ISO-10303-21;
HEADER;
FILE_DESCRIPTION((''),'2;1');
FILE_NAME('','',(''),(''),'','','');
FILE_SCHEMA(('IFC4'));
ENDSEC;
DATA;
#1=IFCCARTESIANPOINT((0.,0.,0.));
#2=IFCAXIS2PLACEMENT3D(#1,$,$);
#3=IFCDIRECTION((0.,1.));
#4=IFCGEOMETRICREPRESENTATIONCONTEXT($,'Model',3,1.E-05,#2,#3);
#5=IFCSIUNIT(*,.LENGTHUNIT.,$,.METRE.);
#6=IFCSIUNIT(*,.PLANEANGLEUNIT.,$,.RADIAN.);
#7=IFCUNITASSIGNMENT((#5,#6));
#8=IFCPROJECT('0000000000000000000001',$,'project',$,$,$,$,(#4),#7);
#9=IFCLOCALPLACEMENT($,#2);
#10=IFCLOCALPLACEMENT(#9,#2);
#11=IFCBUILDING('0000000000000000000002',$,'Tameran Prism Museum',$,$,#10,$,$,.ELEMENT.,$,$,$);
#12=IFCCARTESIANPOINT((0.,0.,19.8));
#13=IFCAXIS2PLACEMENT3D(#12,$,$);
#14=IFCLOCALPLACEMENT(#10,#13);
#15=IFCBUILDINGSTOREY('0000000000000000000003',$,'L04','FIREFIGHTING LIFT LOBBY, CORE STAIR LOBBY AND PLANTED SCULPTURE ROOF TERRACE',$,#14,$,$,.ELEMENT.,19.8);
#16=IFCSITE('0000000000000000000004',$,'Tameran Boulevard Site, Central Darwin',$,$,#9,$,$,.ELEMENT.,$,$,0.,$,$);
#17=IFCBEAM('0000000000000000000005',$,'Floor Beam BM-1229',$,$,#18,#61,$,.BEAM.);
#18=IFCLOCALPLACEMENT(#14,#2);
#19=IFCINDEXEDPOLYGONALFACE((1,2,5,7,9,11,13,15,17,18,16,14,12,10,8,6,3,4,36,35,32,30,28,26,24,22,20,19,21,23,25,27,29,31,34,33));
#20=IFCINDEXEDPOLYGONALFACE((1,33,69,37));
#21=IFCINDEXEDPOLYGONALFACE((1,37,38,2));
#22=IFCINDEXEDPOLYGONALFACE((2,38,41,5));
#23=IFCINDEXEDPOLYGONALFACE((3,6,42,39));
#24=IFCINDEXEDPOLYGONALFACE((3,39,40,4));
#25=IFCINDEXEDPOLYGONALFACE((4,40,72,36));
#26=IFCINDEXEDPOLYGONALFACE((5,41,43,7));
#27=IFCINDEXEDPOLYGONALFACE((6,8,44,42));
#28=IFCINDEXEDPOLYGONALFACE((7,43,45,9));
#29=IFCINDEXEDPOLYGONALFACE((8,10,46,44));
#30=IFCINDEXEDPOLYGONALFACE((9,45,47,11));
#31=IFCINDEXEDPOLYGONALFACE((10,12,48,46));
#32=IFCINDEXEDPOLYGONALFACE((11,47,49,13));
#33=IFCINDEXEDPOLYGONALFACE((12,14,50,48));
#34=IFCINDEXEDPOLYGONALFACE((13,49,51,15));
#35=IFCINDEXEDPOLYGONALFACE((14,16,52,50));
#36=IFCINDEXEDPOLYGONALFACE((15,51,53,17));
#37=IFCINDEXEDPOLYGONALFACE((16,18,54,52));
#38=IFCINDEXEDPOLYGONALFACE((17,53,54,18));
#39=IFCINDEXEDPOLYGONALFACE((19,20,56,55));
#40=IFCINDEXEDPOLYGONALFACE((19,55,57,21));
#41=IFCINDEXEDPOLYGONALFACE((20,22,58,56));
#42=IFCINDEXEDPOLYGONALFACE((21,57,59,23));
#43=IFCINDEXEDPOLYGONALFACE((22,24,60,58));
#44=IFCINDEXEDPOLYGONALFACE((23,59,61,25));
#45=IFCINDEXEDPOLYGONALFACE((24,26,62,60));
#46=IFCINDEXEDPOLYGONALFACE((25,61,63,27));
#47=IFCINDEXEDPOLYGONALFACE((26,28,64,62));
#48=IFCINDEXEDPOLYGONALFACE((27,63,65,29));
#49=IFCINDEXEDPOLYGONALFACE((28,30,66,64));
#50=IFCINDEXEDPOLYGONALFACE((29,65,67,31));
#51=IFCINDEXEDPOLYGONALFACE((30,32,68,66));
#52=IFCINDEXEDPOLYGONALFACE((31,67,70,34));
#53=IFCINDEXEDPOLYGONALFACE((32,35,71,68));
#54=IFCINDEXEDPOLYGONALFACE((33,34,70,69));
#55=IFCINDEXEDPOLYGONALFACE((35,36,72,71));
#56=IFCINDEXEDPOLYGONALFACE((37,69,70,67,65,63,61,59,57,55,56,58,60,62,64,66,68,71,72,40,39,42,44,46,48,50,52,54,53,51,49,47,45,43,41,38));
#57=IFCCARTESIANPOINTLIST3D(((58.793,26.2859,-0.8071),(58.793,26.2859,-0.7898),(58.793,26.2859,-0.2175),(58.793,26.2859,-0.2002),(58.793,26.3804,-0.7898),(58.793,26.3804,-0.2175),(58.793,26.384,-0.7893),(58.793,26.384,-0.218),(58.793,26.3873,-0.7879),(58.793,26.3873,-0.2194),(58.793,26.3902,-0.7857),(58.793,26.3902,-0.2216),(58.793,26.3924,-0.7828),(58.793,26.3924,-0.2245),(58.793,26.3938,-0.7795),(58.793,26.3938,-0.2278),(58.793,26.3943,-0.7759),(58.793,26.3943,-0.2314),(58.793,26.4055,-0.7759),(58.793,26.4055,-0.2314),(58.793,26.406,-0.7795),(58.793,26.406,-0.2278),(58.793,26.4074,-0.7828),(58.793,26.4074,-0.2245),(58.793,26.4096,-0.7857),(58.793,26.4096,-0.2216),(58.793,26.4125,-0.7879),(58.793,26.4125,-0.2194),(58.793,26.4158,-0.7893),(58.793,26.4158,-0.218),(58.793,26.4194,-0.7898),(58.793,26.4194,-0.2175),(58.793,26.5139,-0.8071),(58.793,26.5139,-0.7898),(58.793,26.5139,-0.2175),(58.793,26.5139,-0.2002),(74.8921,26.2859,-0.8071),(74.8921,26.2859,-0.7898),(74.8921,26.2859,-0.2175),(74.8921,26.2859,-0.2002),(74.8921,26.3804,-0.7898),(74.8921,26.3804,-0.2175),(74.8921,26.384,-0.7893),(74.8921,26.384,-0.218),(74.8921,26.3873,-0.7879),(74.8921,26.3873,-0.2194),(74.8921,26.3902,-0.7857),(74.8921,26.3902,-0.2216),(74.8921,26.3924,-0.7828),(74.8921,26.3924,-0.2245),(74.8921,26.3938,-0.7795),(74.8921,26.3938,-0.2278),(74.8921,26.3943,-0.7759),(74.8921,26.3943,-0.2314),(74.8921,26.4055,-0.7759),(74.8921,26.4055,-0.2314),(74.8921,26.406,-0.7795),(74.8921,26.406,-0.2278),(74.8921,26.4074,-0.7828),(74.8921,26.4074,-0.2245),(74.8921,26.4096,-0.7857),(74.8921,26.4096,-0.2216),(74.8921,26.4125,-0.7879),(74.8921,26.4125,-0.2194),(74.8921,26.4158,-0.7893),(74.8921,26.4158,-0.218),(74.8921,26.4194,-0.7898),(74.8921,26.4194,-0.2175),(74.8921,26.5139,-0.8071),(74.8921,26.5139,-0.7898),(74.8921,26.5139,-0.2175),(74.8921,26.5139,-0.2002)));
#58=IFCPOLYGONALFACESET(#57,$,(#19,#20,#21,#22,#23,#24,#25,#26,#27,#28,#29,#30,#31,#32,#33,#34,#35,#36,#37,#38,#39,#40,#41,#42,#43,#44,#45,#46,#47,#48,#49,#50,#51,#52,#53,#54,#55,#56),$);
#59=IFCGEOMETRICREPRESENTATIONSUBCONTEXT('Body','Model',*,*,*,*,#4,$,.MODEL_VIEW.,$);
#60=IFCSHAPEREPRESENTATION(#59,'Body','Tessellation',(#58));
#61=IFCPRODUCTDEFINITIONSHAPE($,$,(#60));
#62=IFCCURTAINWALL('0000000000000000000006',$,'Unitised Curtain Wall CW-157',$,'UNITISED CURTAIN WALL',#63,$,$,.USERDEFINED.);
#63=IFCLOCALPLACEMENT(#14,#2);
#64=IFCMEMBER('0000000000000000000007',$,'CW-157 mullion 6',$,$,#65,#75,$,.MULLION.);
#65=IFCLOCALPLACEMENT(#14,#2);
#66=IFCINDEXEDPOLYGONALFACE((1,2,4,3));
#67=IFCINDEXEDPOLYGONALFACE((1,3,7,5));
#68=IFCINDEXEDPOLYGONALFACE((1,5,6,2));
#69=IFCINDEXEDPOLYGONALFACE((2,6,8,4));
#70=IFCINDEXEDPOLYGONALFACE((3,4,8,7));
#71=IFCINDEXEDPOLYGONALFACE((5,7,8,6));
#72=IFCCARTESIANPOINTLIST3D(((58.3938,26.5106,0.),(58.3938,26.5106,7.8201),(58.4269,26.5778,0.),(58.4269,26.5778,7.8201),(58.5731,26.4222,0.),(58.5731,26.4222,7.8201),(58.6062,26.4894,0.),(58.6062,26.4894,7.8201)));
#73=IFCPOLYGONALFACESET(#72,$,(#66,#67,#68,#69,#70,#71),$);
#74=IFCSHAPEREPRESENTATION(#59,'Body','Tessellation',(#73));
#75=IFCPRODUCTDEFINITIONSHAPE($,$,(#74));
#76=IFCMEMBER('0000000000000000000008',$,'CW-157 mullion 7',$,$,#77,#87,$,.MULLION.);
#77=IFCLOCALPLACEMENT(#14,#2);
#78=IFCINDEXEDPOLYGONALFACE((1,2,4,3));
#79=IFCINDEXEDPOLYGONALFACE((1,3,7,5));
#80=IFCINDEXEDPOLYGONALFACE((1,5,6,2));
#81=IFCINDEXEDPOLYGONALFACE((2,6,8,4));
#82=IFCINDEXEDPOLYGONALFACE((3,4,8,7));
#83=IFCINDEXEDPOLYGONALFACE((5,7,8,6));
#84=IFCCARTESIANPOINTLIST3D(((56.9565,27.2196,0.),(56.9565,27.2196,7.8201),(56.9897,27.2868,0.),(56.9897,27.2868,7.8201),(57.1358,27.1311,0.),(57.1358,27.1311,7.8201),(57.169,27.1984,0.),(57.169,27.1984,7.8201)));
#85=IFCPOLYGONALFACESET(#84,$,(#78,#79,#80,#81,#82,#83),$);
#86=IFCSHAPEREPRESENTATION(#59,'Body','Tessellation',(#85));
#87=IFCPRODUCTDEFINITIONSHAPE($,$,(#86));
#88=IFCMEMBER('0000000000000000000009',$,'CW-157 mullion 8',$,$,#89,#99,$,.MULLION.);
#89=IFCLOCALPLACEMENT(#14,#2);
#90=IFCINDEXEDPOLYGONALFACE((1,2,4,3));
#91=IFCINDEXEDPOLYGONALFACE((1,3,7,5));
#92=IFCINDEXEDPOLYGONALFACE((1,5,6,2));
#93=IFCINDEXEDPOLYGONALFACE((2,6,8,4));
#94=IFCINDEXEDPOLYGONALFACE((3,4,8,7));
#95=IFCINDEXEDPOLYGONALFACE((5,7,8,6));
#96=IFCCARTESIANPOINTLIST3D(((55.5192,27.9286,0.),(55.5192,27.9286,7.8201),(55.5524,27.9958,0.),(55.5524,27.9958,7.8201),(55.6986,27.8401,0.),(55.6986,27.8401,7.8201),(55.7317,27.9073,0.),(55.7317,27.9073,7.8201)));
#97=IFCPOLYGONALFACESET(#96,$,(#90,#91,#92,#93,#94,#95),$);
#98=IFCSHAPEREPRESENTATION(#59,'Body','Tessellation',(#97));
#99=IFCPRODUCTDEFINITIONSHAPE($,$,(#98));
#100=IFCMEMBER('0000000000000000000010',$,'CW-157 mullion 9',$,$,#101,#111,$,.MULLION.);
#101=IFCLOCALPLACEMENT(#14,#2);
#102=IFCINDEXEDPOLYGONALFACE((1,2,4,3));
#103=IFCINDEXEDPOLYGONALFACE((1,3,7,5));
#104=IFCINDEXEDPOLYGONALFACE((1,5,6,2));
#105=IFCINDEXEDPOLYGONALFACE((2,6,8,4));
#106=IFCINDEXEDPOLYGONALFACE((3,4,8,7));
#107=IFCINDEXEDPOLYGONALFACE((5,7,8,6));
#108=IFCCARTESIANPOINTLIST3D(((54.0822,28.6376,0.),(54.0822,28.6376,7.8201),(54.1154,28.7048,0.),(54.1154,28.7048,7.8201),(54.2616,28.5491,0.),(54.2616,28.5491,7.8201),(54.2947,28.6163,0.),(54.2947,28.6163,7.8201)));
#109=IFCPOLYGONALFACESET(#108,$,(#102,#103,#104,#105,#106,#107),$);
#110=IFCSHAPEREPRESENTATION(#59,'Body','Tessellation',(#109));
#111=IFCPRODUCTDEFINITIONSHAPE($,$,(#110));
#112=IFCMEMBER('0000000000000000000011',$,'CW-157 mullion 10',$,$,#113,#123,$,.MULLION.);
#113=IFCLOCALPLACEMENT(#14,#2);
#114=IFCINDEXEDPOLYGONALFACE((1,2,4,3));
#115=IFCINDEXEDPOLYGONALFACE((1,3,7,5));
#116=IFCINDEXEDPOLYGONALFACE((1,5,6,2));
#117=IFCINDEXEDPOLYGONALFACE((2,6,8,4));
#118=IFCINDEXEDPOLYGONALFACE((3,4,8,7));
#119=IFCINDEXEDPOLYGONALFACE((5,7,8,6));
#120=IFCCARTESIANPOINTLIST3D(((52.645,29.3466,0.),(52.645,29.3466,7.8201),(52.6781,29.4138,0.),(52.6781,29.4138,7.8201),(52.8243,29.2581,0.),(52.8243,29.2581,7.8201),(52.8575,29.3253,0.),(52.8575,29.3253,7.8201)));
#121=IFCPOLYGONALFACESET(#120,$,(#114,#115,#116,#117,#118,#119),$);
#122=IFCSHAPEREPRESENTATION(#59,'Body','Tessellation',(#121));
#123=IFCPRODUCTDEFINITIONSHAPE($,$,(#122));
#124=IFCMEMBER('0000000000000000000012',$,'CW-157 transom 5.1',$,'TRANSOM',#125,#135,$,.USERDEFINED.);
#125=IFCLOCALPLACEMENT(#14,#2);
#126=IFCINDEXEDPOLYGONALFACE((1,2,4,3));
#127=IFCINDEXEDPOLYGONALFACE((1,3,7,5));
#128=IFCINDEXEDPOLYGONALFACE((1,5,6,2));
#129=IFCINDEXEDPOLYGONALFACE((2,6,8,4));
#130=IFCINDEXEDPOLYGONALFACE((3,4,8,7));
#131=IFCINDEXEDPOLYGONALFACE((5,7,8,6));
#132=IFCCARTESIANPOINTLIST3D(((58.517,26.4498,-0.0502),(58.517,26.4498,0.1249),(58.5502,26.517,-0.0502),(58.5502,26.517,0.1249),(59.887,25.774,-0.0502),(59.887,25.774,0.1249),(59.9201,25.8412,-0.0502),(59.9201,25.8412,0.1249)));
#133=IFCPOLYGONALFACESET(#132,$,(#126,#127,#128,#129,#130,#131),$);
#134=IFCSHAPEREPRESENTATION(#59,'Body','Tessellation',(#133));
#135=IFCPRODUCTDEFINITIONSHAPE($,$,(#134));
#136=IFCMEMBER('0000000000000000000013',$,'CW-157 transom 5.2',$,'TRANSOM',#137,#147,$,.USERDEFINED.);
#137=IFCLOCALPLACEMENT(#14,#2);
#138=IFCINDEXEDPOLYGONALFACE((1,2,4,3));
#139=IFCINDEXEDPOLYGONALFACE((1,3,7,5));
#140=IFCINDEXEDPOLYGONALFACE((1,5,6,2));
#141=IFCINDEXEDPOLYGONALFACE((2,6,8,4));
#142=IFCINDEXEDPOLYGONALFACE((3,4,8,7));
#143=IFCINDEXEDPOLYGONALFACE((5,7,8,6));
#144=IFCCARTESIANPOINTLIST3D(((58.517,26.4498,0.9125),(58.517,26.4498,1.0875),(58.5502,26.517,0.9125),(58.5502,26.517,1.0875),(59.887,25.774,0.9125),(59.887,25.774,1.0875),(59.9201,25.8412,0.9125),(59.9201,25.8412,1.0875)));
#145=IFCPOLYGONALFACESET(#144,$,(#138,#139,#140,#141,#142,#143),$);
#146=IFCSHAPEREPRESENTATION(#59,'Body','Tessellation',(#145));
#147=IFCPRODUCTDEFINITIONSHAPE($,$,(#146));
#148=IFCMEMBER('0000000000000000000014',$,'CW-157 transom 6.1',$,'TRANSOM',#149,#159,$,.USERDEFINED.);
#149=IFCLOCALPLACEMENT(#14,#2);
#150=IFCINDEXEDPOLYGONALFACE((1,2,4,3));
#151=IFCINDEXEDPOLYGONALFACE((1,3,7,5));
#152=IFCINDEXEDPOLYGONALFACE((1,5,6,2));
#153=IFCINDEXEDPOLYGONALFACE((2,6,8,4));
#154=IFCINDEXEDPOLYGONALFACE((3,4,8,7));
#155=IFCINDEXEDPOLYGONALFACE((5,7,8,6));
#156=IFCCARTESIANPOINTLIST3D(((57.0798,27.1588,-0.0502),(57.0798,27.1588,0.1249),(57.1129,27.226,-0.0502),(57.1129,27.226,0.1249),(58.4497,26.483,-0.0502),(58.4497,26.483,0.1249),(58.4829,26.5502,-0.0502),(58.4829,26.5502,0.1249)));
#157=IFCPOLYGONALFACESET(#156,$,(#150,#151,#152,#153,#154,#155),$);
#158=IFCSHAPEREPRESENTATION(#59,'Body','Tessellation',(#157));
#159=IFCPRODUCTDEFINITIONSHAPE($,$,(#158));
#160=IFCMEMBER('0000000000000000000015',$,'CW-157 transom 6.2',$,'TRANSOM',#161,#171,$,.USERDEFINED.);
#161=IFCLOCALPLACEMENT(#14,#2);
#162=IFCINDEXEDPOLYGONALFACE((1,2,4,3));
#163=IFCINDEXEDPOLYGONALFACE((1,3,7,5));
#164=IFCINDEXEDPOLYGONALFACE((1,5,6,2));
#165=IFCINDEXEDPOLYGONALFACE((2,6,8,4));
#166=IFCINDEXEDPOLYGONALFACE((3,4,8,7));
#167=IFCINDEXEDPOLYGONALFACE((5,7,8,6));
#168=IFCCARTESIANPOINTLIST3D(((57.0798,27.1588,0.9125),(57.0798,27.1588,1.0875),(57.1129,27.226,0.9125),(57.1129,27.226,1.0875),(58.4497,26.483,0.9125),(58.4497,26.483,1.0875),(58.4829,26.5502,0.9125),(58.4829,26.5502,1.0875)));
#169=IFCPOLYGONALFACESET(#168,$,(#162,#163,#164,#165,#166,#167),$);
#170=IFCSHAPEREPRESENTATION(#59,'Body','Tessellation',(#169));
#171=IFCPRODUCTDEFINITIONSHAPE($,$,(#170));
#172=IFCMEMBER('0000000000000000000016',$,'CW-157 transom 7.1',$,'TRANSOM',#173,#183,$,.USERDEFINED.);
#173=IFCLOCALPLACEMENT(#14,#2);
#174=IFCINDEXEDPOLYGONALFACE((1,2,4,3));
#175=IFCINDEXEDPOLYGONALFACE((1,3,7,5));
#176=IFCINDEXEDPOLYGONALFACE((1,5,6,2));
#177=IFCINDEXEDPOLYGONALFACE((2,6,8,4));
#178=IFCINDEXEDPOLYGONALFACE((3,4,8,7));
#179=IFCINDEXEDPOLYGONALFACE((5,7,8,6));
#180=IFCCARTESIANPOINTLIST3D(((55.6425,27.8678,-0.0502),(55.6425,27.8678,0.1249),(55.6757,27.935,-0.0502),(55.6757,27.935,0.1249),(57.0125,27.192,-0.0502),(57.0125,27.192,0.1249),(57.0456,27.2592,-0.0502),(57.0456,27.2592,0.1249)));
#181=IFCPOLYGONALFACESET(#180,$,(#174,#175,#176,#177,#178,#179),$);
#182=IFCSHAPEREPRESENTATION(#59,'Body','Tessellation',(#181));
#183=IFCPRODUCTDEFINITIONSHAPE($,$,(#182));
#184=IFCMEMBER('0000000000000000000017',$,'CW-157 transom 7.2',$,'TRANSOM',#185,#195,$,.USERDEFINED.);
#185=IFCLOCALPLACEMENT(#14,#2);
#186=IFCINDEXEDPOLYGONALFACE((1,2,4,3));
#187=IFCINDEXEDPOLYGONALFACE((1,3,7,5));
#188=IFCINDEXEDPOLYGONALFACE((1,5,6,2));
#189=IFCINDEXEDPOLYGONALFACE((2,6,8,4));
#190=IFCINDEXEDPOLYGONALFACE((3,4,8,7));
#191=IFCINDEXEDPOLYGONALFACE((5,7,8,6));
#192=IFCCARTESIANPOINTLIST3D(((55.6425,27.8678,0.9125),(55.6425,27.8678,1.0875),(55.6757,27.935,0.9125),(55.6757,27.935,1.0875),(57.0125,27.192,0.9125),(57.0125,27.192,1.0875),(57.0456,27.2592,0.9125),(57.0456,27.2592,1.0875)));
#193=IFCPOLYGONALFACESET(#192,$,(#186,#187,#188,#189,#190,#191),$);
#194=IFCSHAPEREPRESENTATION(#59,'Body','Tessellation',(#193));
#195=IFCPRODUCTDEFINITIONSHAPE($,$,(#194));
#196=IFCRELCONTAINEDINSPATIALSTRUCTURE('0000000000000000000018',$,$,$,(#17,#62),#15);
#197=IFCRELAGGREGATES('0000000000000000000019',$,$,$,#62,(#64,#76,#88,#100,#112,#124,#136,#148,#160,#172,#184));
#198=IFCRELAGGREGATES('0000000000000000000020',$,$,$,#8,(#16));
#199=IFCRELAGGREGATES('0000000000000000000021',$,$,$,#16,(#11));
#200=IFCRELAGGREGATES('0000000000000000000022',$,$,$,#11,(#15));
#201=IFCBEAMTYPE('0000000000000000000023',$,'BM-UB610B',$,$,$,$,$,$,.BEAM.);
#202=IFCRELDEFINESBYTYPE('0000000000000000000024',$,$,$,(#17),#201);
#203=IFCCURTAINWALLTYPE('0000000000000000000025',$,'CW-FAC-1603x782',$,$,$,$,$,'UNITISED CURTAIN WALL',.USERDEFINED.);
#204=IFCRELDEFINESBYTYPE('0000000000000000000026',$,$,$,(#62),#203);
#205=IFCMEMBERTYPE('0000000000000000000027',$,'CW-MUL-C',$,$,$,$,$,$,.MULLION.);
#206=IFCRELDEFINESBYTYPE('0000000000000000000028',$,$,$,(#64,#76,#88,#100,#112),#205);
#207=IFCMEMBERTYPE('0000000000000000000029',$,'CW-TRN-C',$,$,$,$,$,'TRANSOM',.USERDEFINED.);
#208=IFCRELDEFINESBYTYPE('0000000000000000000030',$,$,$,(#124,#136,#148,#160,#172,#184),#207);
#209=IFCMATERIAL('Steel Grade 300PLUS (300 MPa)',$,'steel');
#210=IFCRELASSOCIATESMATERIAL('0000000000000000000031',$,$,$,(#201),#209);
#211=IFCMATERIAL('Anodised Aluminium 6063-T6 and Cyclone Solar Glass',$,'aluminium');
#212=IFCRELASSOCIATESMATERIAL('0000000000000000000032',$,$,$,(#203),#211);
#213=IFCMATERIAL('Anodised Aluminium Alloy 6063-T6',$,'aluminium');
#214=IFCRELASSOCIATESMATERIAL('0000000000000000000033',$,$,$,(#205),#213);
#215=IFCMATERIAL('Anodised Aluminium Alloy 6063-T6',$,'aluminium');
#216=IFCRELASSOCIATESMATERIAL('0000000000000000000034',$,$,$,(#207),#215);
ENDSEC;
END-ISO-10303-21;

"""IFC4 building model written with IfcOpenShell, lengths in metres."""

from ifc_helpers import new_model, si_unit, direction, frame, origin, origin_2d, place, context, subcontext, project, spatial, rectangle, i_section, extrude, material, material_profile, profile_set, type_object, element, aggregate, save


model = new_model("IFC4")

# Units and contexts
model_context = context("Model", 3, precision=1e-05, world=origin(), true_north=direction((0.0, 1.0)))
body_context = subcontext(model_context, "Body", "Model", "MODEL_VIEW")
ifc_project = project(units=[si_unit("LENGTHUNIT", "METRE"), si_unit("PLANEANGLEUNIT", "RADIAN")], contexts=[model_context])

# Site, building, storey
site_placement = place(None, origin())
site = spatial("IfcSite", under=ifc_project, at=site_placement, Name="Tameran Boulevard Site, Central Darwin", CompositionType="ELEMENT", RefElevation=0.0)
building_placement = place(site_placement, origin())
building = spatial("IfcBuilding", under=site, at=building_placement, Name="Tameran Prism Museum", CompositionType="ELEMENT")
storey_placement = place(building_placement, frame((0.0, 0.0, 19.8)))
storey = spatial("IfcBuildingStorey", under=building, at=storey_placement, Name="L04", Description="FIREFIGHTING LIFT LOBBY, CORE STAIR LOBBY AND PLANTED SCULPTURE ROOF TERRACE", CompositionType="ELEMENT", Elevation=19.8)

# Beam
ifc_material_1 = material(Name="Steel Grade 300PLUS (300 MPa)", Category="steel")
ifc_material_profile_1 = material_profile(ifc_material_1, i_section(OverallWidth=0.228, OverallDepth=0.6069, WebThickness=0.0112, FlangeThickness=0.0173, FilletRadius=0.0139, at=origin_2d()))
ifc_profile_set_1 = profile_set([ifc_material_profile_1])
beam_type_1 = type_object("IfcBeamType", Name="BM-UB610B", PredefinedType="BEAM", material=ifc_profile_set_1)
beam_1_placement = place(storey_placement, frame((58.793, 26.3999, -0.5037), z_axis=(1.0, 0.0, 0.0), x_axis=(0.0, 1.0, 0.0)))
element("IfcBeam", 1, at=beam_1_placement, inside=storey, type_object=beam_type_1, Name="Floor Beam BM-1229", PredefinedType="BEAM", context=body_context, shape_type="SweptSolid", body=[
    extrude(i_section(OverallWidth=0.228, OverallDepth=0.6069, WebThickness=0.0112, FlangeThickness=0.0173, FilletRadius=0.0139, at=origin_2d()), origin(), (0.0, 0.0, 1.0), 16.0991),
])

# Curtain wall, members
ifc_material_2 = material(Name="Anodised Aluminium 6063-T6 and Cyclone Solar Glass", Category="aluminium")
curtain_wall_type = type_object("IfcCurtainWallType", Name="CW-FAC-1603x782", ElementType="UNITISED CURTAIN WALL", PredefinedType="USERDEFINED", material=ifc_material_2)
curtain_wall_placement = place(storey_placement, origin())
curtain_wall = element("IfcCurtainWall", 2, at=curtain_wall_placement, inside=storey, type_object=curtain_wall_type, Name="Unitised Curtain Wall CW-157", ObjectType="UNITISED CURTAIN WALL", PredefinedType="USERDEFINED")
ifc_material_3 = material(Name="Anodised Aluminium Alloy 6063-T6", Category="aluminium")
ifc_material_profile_2 = material_profile(ifc_material_3, rectangle(XDim=0.075, YDim=0.2, at=origin_2d()))
ifc_profile_set_2 = profile_set([ifc_material_profile_2])
member_type_1 = type_object("IfcMemberType", Name="CW-MUL-C", PredefinedType="MULLION", material=ifc_profile_set_2)
member_1_placement = place(storey_placement, frame((58.5, 26.5, 0.0), z_axis=(0.0, 0.0, 1.0), x_axis=(-0.442415, -0.896811, 0.0)))
member_1 = element("IfcMember", 3, at=member_1_placement, type_object=member_type_1, Name="CW-157 mullion 6", PredefinedType="MULLION", context=body_context, shape_type="SweptSolid", body=[
    extrude(rectangle(XDim=0.075, YDim=0.2, at=origin_2d()), origin(), (0.0, 0.0, 1.0), 7.8201),
])
member_2_placement = place(storey_placement, frame((57.0627, 27.209, 0.0), z_axis=(0.0, 0.0, 1.0), x_axis=(-0.442415, -0.896811, 0.0)))
member_2 = element("IfcMember", 4, at=member_2_placement, type_object=member_type_1, Name="CW-157 mullion 7", PredefinedType="MULLION", context=body_context, shape_type="SweptSolid", body=[
    extrude(rectangle(XDim=0.075, YDim=0.2, at=origin_2d()), origin(), (0.0, 0.0, 1.0), 7.8201),
])
member_3_placement = place(storey_placement, frame((55.6255, 27.918, 0.0), z_axis=(0.0, 0.0, 1.0), x_axis=(-0.442415, -0.896811, 0.0)))
member_3 = element("IfcMember", 5, at=member_3_placement, type_object=member_type_1, Name="CW-157 mullion 8", PredefinedType="MULLION", context=body_context, shape_type="SweptSolid", body=[
    extrude(rectangle(XDim=0.075, YDim=0.2, at=origin_2d()), origin(), (0.0, 0.0, 1.0), 7.8201),
])
member_4_placement = place(storey_placement, frame((54.1885, 28.627, 0.0), z_axis=(0.0, 0.0, 1.0), x_axis=(-0.442415, -0.896811, 0.0)))
member_4 = element("IfcMember", 6, at=member_4_placement, type_object=member_type_1, Name="CW-157 mullion 9", PredefinedType="MULLION", context=body_context, shape_type="SweptSolid", body=[
    extrude(rectangle(XDim=0.075, YDim=0.2, at=origin_2d()), origin(), (0.0, 0.0, 1.0), 7.8201),
])
member_5_placement = place(storey_placement, frame((52.7512, 29.3359, 0.0), z_axis=(0.0, 0.0, 1.0), x_axis=(-0.442415, -0.896811, 0.0)))
member_5 = element("IfcMember", 7, at=member_5_placement, type_object=member_type_1, Name="CW-157 mullion 10", PredefinedType="MULLION", context=body_context, shape_type="SweptSolid", body=[
    extrude(rectangle(XDim=0.075, YDim=0.2, at=origin_2d()), origin(), (0.0, 0.0, 1.0), 7.8201),
])
ifc_material_4 = material(Name="Anodised Aluminium Alloy 6063-T6", Category="aluminium")
ifc_material_profile_3 = material_profile(ifc_material_4, rectangle(XDim=0.075, YDim=0.175, at=origin_2d()))
ifc_profile_set_3 = profile_set([ifc_material_profile_3])
member_type_2 = type_object("IfcMemberType", Name="CW-TRN-C", ElementType="TRANSOM", PredefinedType="USERDEFINED", material=ifc_profile_set_3)
member_6_placement = place(storey_placement, frame((59.9036, 25.8076, 0.0374), z_axis=(-0.896812, 0.442412, 0.0), x_axis=(-0.442412, -0.896812, 0.0)))
member_6 = element("IfcMember", 8, at=member_6_placement, type_object=member_type_2, Name="CW-157 transom 5.1", ObjectType="TRANSOM", PredefinedType="USERDEFINED", context=body_context, shape_type="SweptSolid", body=[
    extrude(rectangle(XDim=0.075, YDim=0.175, at=origin_2d()), origin(), (0.0, 0.0, 1.0), 1.5276),
])
member_7_placement = place(storey_placement, frame((59.9036, 25.8076, 1.0), z_axis=(-0.896812, 0.442412, 0.0), x_axis=(-0.442412, -0.896812, 0.0)))
member_7 = element("IfcMember", 9, at=member_7_placement, type_object=member_type_2, Name="CW-157 transom 5.2", ObjectType="TRANSOM", PredefinedType="USERDEFINED", context=body_context, shape_type="SweptSolid", body=[
    extrude(rectangle(XDim=0.075, YDim=0.175, at=origin_2d()), origin(), (0.0, 0.0, 1.0), 1.5276),
])
member_8_placement = place(storey_placement, frame((58.4663, 26.5166, 0.0374), z_axis=(-0.896812, 0.442412, 0.0), x_axis=(-0.442412, -0.896812, 0.0)))
member_8 = element("IfcMember", 10, at=member_8_placement, type_object=member_type_2, Name="CW-157 transom 6.1", ObjectType="TRANSOM", PredefinedType="USERDEFINED", context=body_context, shape_type="SweptSolid", body=[
    extrude(rectangle(XDim=0.075, YDim=0.175, at=origin_2d()), origin(), (0.0, 0.0, 1.0), 1.5276),
])
member_9_placement = place(storey_placement, frame((58.4663, 26.5166, 1.0), z_axis=(-0.896812, 0.442412, 0.0), x_axis=(-0.442412, -0.896812, 0.0)))
member_9 = element("IfcMember", 11, at=member_9_placement, type_object=member_type_2, Name="CW-157 transom 6.2", ObjectType="TRANSOM", PredefinedType="USERDEFINED", context=body_context, shape_type="SweptSolid", body=[
    extrude(rectangle(XDim=0.075, YDim=0.175, at=origin_2d()), origin(), (0.0, 0.0, 1.0), 1.5276),
])
member_10_placement = place(storey_placement, frame((57.0291, 27.2256, 0.0374), z_axis=(-0.896812, 0.442412, 0.0), x_axis=(-0.442412, -0.896812, 0.0)))
member_10 = element("IfcMember", 12, at=member_10_placement, type_object=member_type_2, Name="CW-157 transom 7.1", ObjectType="TRANSOM", PredefinedType="USERDEFINED", context=body_context, shape_type="SweptSolid", body=[
    extrude(rectangle(XDim=0.075, YDim=0.175, at=origin_2d()), origin(), (0.0, 0.0, 1.0), 1.5276),
])
member_11_placement = place(storey_placement, frame((57.0291, 27.2256, 1.0), z_axis=(-0.896812, 0.442412, 0.0), x_axis=(-0.442412, -0.896812, 0.0)))
member_11 = element("IfcMember", 13, at=member_11_placement, type_object=member_type_2, Name="CW-157 transom 7.2", ObjectType="TRANSOM", PredefinedType="USERDEFINED", context=body_context, shape_type="SweptSolid", body=[
    extrude(rectangle(XDim=0.075, YDim=0.175, at=origin_2d()), origin(), (0.0, 0.0, 1.0), 1.5276),
])
aggregate(curtain_wall, [member_1, member_2, member_3, member_4, member_5, member_6, member_7, member_8, member_9, member_10, member_11])

save(model, "model.ifc")
